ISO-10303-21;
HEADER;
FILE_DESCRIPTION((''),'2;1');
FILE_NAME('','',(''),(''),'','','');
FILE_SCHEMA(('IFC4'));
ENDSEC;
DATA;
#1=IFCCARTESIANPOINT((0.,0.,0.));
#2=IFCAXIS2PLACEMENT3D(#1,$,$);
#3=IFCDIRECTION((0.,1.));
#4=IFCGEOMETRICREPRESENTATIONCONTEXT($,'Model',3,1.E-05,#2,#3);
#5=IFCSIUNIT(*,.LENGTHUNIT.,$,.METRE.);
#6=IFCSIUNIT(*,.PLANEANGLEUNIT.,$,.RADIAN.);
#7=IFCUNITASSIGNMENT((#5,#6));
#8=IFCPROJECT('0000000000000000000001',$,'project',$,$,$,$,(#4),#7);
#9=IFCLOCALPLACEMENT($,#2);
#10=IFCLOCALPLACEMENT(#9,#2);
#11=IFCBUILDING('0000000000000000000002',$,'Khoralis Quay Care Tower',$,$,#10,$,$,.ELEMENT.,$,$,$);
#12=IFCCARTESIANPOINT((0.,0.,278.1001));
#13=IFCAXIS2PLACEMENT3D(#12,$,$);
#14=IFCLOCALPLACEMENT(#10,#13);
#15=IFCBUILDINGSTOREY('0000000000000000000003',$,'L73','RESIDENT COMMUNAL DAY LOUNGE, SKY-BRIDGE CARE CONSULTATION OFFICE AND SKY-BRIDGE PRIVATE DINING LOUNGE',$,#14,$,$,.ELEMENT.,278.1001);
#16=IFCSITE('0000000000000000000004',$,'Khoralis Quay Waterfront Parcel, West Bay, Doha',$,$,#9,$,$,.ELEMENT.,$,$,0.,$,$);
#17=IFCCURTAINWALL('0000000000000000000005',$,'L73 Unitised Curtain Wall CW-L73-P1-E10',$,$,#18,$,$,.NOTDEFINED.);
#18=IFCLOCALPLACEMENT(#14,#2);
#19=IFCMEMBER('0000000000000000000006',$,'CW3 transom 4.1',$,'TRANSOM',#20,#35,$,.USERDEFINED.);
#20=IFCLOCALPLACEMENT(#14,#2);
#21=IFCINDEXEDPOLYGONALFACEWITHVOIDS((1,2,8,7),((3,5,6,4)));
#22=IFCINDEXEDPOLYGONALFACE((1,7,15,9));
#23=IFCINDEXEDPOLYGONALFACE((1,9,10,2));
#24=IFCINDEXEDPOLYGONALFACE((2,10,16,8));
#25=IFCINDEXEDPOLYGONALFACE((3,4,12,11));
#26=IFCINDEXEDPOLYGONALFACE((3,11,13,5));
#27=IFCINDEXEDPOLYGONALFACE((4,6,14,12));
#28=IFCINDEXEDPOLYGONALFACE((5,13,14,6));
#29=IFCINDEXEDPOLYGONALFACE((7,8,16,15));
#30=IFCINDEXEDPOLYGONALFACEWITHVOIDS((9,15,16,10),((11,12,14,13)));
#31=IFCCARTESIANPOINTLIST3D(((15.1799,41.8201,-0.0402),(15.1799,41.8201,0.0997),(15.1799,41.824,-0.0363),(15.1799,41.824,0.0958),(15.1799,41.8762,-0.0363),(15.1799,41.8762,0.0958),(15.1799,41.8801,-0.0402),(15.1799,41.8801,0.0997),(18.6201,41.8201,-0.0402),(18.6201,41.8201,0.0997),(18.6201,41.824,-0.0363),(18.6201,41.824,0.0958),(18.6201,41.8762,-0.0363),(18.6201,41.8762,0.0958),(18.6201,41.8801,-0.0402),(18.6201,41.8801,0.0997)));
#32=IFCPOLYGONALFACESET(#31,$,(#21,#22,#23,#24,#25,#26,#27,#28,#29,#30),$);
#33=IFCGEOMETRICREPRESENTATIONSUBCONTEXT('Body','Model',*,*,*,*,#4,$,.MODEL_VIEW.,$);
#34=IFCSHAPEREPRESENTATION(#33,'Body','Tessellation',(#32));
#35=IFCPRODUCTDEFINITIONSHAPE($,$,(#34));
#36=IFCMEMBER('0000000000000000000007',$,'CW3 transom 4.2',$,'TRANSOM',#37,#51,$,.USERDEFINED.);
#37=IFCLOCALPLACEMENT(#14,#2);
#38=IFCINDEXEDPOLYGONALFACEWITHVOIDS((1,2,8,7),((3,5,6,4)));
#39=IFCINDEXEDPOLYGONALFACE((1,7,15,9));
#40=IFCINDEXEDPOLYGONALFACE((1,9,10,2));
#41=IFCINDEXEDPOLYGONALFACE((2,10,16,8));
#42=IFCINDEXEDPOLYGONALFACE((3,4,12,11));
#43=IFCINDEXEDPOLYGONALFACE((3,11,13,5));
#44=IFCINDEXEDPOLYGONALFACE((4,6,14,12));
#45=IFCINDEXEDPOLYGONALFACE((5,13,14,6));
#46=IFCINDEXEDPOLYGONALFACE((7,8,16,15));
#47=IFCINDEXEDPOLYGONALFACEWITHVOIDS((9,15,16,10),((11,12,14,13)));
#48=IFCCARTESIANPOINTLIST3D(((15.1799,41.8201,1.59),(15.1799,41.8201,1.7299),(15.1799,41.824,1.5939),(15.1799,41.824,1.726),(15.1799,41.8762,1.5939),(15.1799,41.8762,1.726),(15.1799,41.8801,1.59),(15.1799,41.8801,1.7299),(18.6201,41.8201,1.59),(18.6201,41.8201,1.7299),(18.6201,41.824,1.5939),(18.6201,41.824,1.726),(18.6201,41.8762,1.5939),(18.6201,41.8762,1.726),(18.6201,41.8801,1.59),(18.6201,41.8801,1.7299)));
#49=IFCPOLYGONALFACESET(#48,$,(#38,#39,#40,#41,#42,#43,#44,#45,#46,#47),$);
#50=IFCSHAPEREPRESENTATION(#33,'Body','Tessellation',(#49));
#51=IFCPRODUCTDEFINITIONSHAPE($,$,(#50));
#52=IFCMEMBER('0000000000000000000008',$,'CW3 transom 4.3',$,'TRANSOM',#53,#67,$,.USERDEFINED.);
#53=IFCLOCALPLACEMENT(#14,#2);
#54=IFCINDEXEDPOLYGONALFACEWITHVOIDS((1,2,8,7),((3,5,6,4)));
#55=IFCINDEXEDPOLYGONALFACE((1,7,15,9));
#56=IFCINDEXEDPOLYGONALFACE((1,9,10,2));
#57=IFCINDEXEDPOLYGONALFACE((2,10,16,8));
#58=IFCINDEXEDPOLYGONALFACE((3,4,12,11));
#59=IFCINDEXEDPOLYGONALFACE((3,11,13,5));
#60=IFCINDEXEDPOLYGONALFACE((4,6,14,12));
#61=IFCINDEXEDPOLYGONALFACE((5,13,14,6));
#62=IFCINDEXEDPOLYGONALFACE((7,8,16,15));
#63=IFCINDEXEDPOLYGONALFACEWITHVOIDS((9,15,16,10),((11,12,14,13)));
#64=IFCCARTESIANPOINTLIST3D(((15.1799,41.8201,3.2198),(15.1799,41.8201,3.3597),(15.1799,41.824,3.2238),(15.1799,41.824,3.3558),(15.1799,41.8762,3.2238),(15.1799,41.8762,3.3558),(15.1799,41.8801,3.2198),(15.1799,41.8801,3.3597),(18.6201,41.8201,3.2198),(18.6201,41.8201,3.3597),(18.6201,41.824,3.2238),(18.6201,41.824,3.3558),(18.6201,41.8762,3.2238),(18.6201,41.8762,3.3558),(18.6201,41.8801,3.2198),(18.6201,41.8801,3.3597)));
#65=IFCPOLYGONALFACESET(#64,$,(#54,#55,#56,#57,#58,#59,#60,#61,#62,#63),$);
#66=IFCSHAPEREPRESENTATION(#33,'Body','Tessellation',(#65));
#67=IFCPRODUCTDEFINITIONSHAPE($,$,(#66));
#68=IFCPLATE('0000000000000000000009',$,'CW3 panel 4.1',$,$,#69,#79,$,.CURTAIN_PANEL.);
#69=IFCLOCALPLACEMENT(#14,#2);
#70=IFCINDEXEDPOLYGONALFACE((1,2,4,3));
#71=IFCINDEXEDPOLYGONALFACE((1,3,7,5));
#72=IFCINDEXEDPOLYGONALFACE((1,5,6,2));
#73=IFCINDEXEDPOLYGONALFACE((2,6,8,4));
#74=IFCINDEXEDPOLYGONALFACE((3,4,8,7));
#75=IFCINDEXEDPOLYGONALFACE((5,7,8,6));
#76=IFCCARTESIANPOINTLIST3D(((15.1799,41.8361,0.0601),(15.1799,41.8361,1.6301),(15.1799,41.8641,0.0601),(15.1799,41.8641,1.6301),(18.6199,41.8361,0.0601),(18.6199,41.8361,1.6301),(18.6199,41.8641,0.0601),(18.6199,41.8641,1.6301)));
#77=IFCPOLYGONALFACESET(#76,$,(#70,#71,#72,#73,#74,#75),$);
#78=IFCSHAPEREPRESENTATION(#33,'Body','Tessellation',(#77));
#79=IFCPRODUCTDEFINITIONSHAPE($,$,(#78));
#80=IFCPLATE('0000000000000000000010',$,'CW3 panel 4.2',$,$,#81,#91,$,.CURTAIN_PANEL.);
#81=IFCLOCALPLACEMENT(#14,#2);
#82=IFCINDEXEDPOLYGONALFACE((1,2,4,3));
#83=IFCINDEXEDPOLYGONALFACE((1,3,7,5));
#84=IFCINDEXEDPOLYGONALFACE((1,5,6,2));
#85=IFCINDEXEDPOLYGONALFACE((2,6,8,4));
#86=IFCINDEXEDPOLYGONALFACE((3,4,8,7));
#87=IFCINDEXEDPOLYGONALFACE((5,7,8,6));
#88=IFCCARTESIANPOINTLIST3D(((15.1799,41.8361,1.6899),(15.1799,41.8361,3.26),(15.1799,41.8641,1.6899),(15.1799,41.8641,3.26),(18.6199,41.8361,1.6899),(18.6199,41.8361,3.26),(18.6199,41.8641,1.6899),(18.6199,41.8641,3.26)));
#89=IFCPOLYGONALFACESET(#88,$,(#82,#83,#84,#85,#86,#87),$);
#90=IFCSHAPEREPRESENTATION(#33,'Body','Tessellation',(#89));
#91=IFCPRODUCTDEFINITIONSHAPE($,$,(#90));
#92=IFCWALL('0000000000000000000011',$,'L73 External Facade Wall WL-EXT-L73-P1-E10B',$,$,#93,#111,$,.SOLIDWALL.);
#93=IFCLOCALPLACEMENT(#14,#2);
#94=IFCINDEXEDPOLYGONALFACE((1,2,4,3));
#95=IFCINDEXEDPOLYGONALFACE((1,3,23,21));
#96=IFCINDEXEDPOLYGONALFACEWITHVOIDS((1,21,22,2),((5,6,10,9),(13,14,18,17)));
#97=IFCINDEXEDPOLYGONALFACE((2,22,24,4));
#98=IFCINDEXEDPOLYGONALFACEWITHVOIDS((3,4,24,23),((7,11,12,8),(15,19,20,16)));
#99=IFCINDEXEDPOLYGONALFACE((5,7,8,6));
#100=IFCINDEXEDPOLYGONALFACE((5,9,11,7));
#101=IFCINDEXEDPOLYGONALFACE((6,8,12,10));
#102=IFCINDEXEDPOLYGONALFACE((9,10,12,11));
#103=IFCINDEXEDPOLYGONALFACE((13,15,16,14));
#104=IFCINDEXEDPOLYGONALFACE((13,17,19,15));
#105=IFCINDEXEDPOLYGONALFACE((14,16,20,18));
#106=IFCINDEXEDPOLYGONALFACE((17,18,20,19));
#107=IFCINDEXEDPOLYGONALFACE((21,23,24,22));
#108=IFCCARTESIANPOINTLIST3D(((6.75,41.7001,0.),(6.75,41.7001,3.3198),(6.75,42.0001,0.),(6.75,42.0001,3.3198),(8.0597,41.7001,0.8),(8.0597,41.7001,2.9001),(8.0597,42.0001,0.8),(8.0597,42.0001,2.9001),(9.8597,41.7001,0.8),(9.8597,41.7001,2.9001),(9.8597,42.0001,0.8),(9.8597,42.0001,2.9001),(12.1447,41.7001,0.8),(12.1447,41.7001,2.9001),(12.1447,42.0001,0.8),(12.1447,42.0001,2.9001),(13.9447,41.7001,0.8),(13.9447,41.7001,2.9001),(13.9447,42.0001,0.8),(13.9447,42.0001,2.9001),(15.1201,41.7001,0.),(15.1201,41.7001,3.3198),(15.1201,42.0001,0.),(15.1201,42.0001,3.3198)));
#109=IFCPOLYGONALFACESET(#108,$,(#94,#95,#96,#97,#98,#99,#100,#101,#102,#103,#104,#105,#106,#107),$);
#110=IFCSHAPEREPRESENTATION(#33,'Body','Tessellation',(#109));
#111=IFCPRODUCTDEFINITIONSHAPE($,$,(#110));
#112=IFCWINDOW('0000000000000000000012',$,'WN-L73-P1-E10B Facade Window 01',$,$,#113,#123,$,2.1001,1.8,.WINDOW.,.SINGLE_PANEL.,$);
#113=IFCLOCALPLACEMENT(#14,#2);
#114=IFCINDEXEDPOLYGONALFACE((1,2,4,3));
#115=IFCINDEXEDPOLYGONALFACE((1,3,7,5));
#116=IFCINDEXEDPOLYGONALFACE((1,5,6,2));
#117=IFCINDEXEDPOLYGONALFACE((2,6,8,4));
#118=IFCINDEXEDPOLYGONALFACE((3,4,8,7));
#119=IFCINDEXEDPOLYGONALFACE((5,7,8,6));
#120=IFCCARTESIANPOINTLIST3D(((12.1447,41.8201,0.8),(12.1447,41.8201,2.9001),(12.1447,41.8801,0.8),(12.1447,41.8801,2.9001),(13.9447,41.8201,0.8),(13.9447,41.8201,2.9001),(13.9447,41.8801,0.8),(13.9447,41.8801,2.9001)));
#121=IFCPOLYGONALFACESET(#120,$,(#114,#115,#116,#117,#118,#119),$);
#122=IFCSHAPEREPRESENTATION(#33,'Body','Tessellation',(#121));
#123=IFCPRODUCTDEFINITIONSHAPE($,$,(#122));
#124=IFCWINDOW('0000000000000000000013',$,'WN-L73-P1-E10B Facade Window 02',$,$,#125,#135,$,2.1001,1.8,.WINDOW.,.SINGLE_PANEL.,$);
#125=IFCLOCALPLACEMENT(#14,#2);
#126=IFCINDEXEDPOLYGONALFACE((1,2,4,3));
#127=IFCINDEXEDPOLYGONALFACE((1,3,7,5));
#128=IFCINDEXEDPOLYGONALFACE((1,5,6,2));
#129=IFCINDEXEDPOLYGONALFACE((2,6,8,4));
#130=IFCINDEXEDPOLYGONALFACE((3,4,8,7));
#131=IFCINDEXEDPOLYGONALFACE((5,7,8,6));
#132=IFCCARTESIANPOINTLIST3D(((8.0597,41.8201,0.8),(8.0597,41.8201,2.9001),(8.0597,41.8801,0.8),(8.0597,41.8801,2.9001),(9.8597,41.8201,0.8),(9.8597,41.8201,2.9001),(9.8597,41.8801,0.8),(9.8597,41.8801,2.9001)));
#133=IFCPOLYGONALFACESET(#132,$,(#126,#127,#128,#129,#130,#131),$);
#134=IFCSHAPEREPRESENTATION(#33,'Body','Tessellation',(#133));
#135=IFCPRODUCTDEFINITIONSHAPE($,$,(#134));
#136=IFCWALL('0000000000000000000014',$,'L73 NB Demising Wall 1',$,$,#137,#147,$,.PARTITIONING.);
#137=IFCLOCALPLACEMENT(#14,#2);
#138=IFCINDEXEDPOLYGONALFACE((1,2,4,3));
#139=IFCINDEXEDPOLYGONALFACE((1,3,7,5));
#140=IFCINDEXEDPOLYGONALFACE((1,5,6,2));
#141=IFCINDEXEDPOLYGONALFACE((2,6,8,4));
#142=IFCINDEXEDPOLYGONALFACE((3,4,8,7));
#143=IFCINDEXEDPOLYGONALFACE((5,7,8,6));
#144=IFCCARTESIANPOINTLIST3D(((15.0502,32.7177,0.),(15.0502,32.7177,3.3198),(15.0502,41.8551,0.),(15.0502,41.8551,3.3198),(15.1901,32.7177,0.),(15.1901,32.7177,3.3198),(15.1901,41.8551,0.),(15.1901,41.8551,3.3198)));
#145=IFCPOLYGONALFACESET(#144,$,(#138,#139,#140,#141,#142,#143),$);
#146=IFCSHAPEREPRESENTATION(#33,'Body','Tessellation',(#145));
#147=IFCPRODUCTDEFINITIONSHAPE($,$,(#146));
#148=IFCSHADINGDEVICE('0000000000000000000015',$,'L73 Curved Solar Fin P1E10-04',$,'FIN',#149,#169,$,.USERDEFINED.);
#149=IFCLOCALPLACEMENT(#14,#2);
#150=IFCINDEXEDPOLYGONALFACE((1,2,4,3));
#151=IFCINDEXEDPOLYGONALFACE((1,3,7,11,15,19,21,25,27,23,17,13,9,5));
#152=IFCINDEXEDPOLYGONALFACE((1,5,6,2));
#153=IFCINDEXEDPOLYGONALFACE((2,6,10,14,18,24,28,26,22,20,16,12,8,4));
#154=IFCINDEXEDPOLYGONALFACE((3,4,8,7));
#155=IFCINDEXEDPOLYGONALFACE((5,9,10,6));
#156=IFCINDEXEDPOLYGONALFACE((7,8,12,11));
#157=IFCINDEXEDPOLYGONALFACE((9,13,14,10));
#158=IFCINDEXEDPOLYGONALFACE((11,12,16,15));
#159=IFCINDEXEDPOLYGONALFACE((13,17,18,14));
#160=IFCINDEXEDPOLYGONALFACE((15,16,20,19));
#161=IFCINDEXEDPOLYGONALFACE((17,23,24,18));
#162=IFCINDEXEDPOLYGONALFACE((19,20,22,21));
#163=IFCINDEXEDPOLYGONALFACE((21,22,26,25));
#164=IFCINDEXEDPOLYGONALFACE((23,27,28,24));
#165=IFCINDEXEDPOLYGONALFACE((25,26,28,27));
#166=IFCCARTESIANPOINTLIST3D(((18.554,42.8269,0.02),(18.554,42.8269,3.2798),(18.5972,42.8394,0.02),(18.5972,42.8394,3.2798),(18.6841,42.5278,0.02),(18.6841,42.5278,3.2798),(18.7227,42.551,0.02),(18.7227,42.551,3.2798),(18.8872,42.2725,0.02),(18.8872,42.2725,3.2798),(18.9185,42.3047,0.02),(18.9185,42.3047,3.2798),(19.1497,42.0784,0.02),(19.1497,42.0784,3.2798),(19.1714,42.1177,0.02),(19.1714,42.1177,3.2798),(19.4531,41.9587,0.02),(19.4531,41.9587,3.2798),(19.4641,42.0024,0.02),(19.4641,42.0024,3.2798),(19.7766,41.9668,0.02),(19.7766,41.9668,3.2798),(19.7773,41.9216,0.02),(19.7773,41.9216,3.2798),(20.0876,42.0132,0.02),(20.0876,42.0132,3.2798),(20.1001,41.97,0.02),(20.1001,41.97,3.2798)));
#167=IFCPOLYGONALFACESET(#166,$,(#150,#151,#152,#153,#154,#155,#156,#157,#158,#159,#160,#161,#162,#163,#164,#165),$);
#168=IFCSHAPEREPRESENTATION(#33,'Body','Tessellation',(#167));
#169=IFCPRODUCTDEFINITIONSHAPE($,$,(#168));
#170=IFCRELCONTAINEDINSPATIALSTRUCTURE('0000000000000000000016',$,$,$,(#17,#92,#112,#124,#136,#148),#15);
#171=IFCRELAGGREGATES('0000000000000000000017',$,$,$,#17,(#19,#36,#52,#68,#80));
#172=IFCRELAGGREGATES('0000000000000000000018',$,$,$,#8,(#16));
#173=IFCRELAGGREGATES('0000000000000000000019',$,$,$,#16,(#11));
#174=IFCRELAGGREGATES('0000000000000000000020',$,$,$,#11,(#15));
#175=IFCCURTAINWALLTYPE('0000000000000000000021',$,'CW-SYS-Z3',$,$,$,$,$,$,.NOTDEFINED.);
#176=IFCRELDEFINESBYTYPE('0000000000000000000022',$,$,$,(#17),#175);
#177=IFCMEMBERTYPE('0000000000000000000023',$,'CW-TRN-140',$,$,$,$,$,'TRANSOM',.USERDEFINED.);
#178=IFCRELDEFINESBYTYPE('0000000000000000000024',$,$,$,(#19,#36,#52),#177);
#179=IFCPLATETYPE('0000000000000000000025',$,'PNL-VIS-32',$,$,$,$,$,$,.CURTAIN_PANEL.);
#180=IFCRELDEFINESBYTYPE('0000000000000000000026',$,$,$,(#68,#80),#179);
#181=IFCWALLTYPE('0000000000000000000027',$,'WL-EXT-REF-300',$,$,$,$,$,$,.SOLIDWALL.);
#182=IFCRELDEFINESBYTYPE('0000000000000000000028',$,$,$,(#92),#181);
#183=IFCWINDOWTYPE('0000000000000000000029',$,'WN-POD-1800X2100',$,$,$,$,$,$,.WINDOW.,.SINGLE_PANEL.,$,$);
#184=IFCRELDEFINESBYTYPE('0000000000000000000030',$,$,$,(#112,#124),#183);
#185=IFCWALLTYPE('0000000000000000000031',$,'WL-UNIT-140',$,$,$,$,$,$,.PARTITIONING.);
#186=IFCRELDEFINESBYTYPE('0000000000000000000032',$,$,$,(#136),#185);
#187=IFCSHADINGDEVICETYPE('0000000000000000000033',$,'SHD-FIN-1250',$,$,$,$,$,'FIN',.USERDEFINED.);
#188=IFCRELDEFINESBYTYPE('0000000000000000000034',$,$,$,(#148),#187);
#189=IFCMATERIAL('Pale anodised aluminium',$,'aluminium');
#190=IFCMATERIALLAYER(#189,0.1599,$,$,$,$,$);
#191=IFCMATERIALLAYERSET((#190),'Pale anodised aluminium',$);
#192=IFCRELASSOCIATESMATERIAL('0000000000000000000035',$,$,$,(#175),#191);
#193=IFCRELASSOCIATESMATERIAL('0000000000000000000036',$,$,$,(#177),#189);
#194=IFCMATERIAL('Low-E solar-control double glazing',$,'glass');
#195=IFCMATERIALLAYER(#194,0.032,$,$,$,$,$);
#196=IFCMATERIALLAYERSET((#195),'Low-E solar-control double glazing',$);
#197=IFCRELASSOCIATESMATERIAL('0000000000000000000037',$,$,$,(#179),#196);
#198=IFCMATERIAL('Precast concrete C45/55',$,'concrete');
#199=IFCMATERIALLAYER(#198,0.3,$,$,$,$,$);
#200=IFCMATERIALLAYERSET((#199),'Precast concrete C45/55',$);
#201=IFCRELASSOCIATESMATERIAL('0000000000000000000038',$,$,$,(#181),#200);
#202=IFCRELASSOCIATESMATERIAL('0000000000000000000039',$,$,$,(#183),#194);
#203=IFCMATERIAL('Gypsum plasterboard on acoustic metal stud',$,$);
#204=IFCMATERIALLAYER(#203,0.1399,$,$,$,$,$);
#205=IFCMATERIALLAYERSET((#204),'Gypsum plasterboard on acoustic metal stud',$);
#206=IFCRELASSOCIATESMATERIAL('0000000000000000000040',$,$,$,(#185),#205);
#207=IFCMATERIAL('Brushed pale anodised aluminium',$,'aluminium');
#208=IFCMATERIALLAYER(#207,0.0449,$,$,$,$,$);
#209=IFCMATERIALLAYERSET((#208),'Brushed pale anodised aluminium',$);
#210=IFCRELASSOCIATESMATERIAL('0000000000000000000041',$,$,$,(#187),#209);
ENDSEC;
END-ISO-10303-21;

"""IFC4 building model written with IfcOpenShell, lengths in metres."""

from ifc_helpers import new_model, si_unit, direction, frame, frame_2d, origin, origin_2d, place, context, subcontext, project, spatial, polyline, rectangle, hollow_rectangle, outline, extrude, source, transform, mapped, material, layer, layer_set, material_profile, profile_set, type_object, element, fill, aggregate, save


model = new_model("IFC4")

# Units and contexts
model_context = context("Model", 3, precision=1e-05, world=origin(), true_north=direction((0.0, 1.0)))
body_context = subcontext(model_context, "Body", "Model", "MODEL_VIEW")
ifc_project = project(units=[si_unit("LENGTHUNIT", "METRE"), si_unit("PLANEANGLEUNIT", "RADIAN")], contexts=[model_context])

# Site, building, storey
site_placement = place(None, origin())
site = spatial("IfcSite", under=ifc_project, at=site_placement, Name="Khoralis Quay Waterfront Parcel, West Bay, Doha", CompositionType="ELEMENT", RefElevation=0.0)
building_placement = place(site_placement, origin())
building = spatial("IfcBuilding", under=site, at=building_placement, Name="Khoralis Quay Care Tower", CompositionType="ELEMENT")
storey_placement = place(building_placement, frame((0.0, 0.0, 278.1001)))
storey = spatial("IfcBuildingStorey", under=building, at=storey_placement, Name="L73", Description="RESIDENT COMMUNAL DAY LOUNGE, SKY-BRIDGE CARE CONSULTATION OFFICE AND SKY-BRIDGE PRIVATE DINING LOUNGE", CompositionType="ELEMENT", Elevation=278.1001)

# Curtain wall, members, plates
ifc_material_1 = material(Name="Pale anodised aluminium", Category="aluminium")
ifc_layer_1 = layer(ifc_material_1, 0.1599)
ifc_layer_set_1 = layer_set([ifc_layer_1], Name="Pale anodised aluminium")
curtain_wall_type = type_object("IfcCurtainWallType", Name="CW-SYS-Z3", PredefinedType="NOTDEFINED", material=ifc_layer_set_1)
curtain_wall_placement = place(storey_placement, origin())
curtain_wall = element("IfcCurtainWall", 1, at=curtain_wall_placement, inside=storey, type_object=curtain_wall_type, Name="L73 Unitised Curtain Wall CW-L73-P1-E10", PredefinedType="NOTDEFINED")
ifc_material_profile_1 = material_profile(ifc_material_1, hollow_rectangle(XDim=0.0601, YDim=0.1399, WallThickness=0.0039, at=origin_2d()), Name="Pale anodised aluminium")
ifc_profile_set_1 = profile_set([ifc_material_profile_1], Name="Pale anodised aluminium")
member_type_1 = type_object("IfcMemberType", Name="CW-TRN-140", ElementType="TRANSOM", PredefinedType="USERDEFINED", material=ifc_profile_set_1)
shared_shape_1 = source(origin(), body_context, "Body", "SweptSolid", [
    extrude(hollow_rectangle(XDim=0.0601, YDim=0.1399, WallThickness=0.0039, at=origin_2d()), origin(), (0.0, 0.0, 1.0), 3.4402),
])
member_1_placement = place(storey_placement, frame((18.6201, 41.8501, 0.0298), z_axis=(-1.0, 0.0, 0.0), x_axis=(0.0, -1.0, 0.0)))
member_1 = element("IfcMember", 2, at=member_1_placement, type_object=member_type_1, Name="CW3 transom 4.1", ObjectType="TRANSOM", PredefinedType="USERDEFINED", context=body_context, shape_type="MappedRepresentation", body=[
    mapped(shared_shape_1, transform((0.0, 0.0, 0.0), scale=1.0)),
])
member_2_placement = place(storey_placement, frame((18.6201, 41.8501, 1.6599), z_axis=(-1.0, 0.0, 0.0), x_axis=(0.0, -1.0, 0.0)))
member_2 = element("IfcMember", 3, at=member_2_placement, type_object=member_type_1, Name="CW3 transom 4.2", ObjectType="TRANSOM", PredefinedType="USERDEFINED", context=body_context, shape_type="MappedRepresentation", body=[
    mapped(shared_shape_1, transform((0.0, 0.0, 0.0), scale=1.0)),
])
member_3_placement = place(storey_placement, frame((18.6201, 41.8501, 3.2898), z_axis=(-1.0, 0.0, 0.0), x_axis=(0.0, -1.0, 0.0)))
member_3 = element("IfcMember", 4, at=member_3_placement, type_object=member_type_1, Name="CW3 transom 4.3", ObjectType="TRANSOM", PredefinedType="USERDEFINED", context=body_context, shape_type="MappedRepresentation", body=[
    mapped(shared_shape_1, transform((0.0, 0.0, 0.0), scale=1.0)),
])
ifc_material_2 = material(Name="Low-E solar-control double glazing", Category="glass")
ifc_layer_2 = layer(ifc_material_2, 0.032)
ifc_layer_set_2 = layer_set([ifc_layer_2], Name="Low-E solar-control double glazing")
plate_type = type_object("IfcPlateType", Name="PNL-VIS-32", PredefinedType="CURTAIN_PANEL", material=ifc_layer_set_2)
shared_shape_2 = source(origin(), body_context, "Body", "SweptSolid", [
    extrude(rectangle(XDim=3.4399, YDim=0.0281, at=origin_2d()), origin(), (0.0, 0.0, 1.0), 1.5701),
])
plate_1_placement = place(storey_placement, frame((16.8999, 41.8501, 0.0601), z_axis=(0.0, 0.0, 1.0), x_axis=(-1.0, 0.0, 0.0)))
plate_1 = element("IfcPlate", 5, at=plate_1_placement, type_object=plate_type, Name="CW3 panel 4.1", PredefinedType="CURTAIN_PANEL", context=body_context, shape_type="MappedRepresentation", body=[
    mapped(shared_shape_2, transform((0.0, 0.0, 0.0), scale=1.0)),
])
plate_2_placement = place(storey_placement, frame((16.8999, 41.8501, 1.6899), z_axis=(0.0, 0.0, 1.0), x_axis=(-1.0, 0.0, 0.0)))
plate_2 = element("IfcPlate", 6, at=plate_2_placement, type_object=plate_type, Name="CW3 panel 4.2", PredefinedType="CURTAIN_PANEL", context=body_context, shape_type="MappedRepresentation", body=[
    mapped(shared_shape_2, transform((0.0, 0.0, 0.0), scale=1.0)),
])
aggregate(curtain_wall, [member_1, member_2, member_3, plate_1, plate_2])

# Wall, openings, windows
ifc_material_3 = material(Name="Precast concrete C45/55", Category="concrete")
ifc_layer_3 = layer(ifc_material_3, 0.3)
ifc_layer_set_3 = layer_set([ifc_layer_3], Name="Precast concrete C45/55")
wall_type_1 = type_object("IfcWallType", Name="WL-EXT-REF-300", PredefinedType="SOLIDWALL", material=ifc_layer_set_3)
wall_1_placement = place(storey_placement, frame((15.1201, 41.8501, 0.0), z_axis=(0.0, 0.0, 1.0), x_axis=(-1.0, 0.0, 0.0)))
wall_1 = element("IfcWall", 7, at=wall_1_placement, inside=storey, type_object=wall_type_1, Name="L73 External Facade Wall WL-EXT-L73-P1-E10B", PredefinedType="SOLIDWALL", context=body_context, shape_type="SweptSolid", body=[
    extrude(rectangle(XDim=8.3701, YDim=0.3, at=frame_2d((4.1851, 0.0))), origin(), (0.0, 0.0, 1.0), 3.3198),
])
opening_1_placement = place(wall_1_placement, frame((1.1755, 0.0, 0.8)))
opening_1 = element("IfcOpeningElement", 8, at=opening_1_placement, cuts=wall_1, PredefinedType="OPENING", context=body_context, shape_type="SweptSolid", body=[
    extrude(rectangle(XDim=1.8, YDim=2.1001, at=frame_2d((0.8999, 1.05))), frame((0.0, 0.1602, 0.0), z_axis=(0.0, -1.0, 0.0), x_axis=(1.0, 0.0, 0.0)), (0.0, 0.0, 1.0), 0.3201),
])
opening_2_placement = place(wall_1_placement, frame((5.2605, 0.0, 0.8)))
opening_2 = element("IfcOpeningElement", 9, at=opening_2_placement, cuts=wall_1, PredefinedType="OPENING", context=body_context, shape_type="SweptSolid", body=[
    extrude(rectangle(XDim=1.8, YDim=2.1001, at=frame_2d((0.8999, 1.05))), frame((0.0, 0.1602, 0.0), z_axis=(0.0, -1.0, 0.0), x_axis=(1.0, 0.0, 0.0)), (0.0, 0.0, 1.0), 0.3201),
])
window_type = type_object("IfcWindowType", Name="WN-POD-1800X2100", PartitioningType="SINGLE_PANEL", PredefinedType="WINDOW", material=ifc_material_2)
shared_shape_3 = source(origin(), body_context, "Body", "SweptSolid", [
    extrude(rectangle(XDim=1.8, YDim=2.1001, at=frame_2d((0.8999, 1.05))), frame((0.0, 0.03, 0.0), z_axis=(0.0, -1.0, 0.0), x_axis=(1.0, 0.0, 0.0)), (0.0, 0.0, 1.0), 0.0601),
])
window_1_placement = place(opening_1_placement, origin())
window_1 = element("IfcWindow", 10, at=window_1_placement, inside=storey, type_object=window_type, Name="WN-L73-P1-E10B Facade Window 01", OverallHeight=2.1001, OverallWidth=1.8, PartitioningType="SINGLE_PANEL", PredefinedType="WINDOW", context=body_context, shape_type="MappedRepresentation", body=[
    mapped(shared_shape_3, transform((0.0, 0.0, 0.0), scale=1.0)),
])
fill(opening_1, window_1)
window_2_placement = place(opening_2_placement, origin())
window_2 = element("IfcWindow", 11, at=window_2_placement, inside=storey, type_object=window_type, Name="WN-L73-P1-E10B Facade Window 02", OverallHeight=2.1001, OverallWidth=1.8, PartitioningType="SINGLE_PANEL", PredefinedType="WINDOW", context=body_context, shape_type="MappedRepresentation", body=[
    mapped(shared_shape_3, transform((0.0, 0.0, 0.0), scale=1.0)),
])
fill(opening_2, window_2)

# Wall
ifc_material_4 = material(Name="Gypsum plasterboard on acoustic metal stud")
ifc_layer_4 = layer(ifc_material_4, 0.1399)
ifc_layer_set_4 = layer_set([ifc_layer_4], Name="Gypsum plasterboard on acoustic metal stud")
wall_type_2 = type_object("IfcWallType", Name="WL-UNIT-140", PredefinedType="PARTITIONING", material=ifc_layer_set_4)
wall_2_placement = place(storey_placement, frame((15.1201, 32.7175, 0.0), z_axis=(0.0, 0.0, 1.0), x_axis=(0.0, 1.0, 0.0)))
element("IfcWall", 12, at=wall_2_placement, inside=storey, type_object=wall_type_2, Name="L73 NB Demising Wall 1", PredefinedType="PARTITIONING", context=body_context, shape_type="SweptSolid", body=[
    extrude(rectangle(XDim=9.1375, YDim=0.1399, at=frame_2d((4.5688, 0.0))), origin(), (0.0, 0.0, 1.0), 3.3198),
])

# Shading device
ifc_material_5 = material(Name="Brushed pale anodised aluminium", Category="aluminium")
ifc_layer_5 = layer(ifc_material_5, 0.0449)
ifc_layer_set_5 = layer_set([ifc_layer_5], Name="Brushed pale anodised aluminium")
shading_device_type = type_object("IfcShadingDeviceType", Name="SHD-FIN-1250", ElementType="FIN", PredefinedType="USERDEFINED", material=ifc_layer_set_5)
shared_shape_4 = source(origin(), body_context, "Body", "SweptSolid", [
    extrude(outline(polyline([(0.0, 0.0), (-0.0483, 0.3228), (-0.0112, 0.647), (0.1084, 0.9504), (0.3025, 1.2129), (0.5579, 1.416), (0.8569, 1.5461), (0.8694, 1.5029), (0.5811, 1.3774), (0.3347, 1.1816), (0.1477, 0.9287), (0.0325, 0.636), (-0.0032, 0.3235), (0.0432, 0.0125), (0.0, 0.0)])), origin(), (0.0, 0.0, 1.0), 3.2598),
])
for number, where, z_axis, x_axis, name in (
    (13, (20.1001, 41.97, 0.02), (0.0, 0.0, 1.0), (0.0, 1.0, 0.0), "L73 Curved Solar Fin P1E10-04"),
):
    element("IfcShadingDevice", number, at=place(storey_placement, frame(where, z_axis=z_axis, x_axis=x_axis)), inside=storey, type_object=shading_device_type, Name=name, ObjectType="FIN", PredefinedType="USERDEFINED", context=body_context, shape_type="MappedRepresentation", body=[
        mapped(shared_shape_4, transform((0.0, 0.0, 0.0), scale=1.0)),
    ])

save(model, "model.ifc")
